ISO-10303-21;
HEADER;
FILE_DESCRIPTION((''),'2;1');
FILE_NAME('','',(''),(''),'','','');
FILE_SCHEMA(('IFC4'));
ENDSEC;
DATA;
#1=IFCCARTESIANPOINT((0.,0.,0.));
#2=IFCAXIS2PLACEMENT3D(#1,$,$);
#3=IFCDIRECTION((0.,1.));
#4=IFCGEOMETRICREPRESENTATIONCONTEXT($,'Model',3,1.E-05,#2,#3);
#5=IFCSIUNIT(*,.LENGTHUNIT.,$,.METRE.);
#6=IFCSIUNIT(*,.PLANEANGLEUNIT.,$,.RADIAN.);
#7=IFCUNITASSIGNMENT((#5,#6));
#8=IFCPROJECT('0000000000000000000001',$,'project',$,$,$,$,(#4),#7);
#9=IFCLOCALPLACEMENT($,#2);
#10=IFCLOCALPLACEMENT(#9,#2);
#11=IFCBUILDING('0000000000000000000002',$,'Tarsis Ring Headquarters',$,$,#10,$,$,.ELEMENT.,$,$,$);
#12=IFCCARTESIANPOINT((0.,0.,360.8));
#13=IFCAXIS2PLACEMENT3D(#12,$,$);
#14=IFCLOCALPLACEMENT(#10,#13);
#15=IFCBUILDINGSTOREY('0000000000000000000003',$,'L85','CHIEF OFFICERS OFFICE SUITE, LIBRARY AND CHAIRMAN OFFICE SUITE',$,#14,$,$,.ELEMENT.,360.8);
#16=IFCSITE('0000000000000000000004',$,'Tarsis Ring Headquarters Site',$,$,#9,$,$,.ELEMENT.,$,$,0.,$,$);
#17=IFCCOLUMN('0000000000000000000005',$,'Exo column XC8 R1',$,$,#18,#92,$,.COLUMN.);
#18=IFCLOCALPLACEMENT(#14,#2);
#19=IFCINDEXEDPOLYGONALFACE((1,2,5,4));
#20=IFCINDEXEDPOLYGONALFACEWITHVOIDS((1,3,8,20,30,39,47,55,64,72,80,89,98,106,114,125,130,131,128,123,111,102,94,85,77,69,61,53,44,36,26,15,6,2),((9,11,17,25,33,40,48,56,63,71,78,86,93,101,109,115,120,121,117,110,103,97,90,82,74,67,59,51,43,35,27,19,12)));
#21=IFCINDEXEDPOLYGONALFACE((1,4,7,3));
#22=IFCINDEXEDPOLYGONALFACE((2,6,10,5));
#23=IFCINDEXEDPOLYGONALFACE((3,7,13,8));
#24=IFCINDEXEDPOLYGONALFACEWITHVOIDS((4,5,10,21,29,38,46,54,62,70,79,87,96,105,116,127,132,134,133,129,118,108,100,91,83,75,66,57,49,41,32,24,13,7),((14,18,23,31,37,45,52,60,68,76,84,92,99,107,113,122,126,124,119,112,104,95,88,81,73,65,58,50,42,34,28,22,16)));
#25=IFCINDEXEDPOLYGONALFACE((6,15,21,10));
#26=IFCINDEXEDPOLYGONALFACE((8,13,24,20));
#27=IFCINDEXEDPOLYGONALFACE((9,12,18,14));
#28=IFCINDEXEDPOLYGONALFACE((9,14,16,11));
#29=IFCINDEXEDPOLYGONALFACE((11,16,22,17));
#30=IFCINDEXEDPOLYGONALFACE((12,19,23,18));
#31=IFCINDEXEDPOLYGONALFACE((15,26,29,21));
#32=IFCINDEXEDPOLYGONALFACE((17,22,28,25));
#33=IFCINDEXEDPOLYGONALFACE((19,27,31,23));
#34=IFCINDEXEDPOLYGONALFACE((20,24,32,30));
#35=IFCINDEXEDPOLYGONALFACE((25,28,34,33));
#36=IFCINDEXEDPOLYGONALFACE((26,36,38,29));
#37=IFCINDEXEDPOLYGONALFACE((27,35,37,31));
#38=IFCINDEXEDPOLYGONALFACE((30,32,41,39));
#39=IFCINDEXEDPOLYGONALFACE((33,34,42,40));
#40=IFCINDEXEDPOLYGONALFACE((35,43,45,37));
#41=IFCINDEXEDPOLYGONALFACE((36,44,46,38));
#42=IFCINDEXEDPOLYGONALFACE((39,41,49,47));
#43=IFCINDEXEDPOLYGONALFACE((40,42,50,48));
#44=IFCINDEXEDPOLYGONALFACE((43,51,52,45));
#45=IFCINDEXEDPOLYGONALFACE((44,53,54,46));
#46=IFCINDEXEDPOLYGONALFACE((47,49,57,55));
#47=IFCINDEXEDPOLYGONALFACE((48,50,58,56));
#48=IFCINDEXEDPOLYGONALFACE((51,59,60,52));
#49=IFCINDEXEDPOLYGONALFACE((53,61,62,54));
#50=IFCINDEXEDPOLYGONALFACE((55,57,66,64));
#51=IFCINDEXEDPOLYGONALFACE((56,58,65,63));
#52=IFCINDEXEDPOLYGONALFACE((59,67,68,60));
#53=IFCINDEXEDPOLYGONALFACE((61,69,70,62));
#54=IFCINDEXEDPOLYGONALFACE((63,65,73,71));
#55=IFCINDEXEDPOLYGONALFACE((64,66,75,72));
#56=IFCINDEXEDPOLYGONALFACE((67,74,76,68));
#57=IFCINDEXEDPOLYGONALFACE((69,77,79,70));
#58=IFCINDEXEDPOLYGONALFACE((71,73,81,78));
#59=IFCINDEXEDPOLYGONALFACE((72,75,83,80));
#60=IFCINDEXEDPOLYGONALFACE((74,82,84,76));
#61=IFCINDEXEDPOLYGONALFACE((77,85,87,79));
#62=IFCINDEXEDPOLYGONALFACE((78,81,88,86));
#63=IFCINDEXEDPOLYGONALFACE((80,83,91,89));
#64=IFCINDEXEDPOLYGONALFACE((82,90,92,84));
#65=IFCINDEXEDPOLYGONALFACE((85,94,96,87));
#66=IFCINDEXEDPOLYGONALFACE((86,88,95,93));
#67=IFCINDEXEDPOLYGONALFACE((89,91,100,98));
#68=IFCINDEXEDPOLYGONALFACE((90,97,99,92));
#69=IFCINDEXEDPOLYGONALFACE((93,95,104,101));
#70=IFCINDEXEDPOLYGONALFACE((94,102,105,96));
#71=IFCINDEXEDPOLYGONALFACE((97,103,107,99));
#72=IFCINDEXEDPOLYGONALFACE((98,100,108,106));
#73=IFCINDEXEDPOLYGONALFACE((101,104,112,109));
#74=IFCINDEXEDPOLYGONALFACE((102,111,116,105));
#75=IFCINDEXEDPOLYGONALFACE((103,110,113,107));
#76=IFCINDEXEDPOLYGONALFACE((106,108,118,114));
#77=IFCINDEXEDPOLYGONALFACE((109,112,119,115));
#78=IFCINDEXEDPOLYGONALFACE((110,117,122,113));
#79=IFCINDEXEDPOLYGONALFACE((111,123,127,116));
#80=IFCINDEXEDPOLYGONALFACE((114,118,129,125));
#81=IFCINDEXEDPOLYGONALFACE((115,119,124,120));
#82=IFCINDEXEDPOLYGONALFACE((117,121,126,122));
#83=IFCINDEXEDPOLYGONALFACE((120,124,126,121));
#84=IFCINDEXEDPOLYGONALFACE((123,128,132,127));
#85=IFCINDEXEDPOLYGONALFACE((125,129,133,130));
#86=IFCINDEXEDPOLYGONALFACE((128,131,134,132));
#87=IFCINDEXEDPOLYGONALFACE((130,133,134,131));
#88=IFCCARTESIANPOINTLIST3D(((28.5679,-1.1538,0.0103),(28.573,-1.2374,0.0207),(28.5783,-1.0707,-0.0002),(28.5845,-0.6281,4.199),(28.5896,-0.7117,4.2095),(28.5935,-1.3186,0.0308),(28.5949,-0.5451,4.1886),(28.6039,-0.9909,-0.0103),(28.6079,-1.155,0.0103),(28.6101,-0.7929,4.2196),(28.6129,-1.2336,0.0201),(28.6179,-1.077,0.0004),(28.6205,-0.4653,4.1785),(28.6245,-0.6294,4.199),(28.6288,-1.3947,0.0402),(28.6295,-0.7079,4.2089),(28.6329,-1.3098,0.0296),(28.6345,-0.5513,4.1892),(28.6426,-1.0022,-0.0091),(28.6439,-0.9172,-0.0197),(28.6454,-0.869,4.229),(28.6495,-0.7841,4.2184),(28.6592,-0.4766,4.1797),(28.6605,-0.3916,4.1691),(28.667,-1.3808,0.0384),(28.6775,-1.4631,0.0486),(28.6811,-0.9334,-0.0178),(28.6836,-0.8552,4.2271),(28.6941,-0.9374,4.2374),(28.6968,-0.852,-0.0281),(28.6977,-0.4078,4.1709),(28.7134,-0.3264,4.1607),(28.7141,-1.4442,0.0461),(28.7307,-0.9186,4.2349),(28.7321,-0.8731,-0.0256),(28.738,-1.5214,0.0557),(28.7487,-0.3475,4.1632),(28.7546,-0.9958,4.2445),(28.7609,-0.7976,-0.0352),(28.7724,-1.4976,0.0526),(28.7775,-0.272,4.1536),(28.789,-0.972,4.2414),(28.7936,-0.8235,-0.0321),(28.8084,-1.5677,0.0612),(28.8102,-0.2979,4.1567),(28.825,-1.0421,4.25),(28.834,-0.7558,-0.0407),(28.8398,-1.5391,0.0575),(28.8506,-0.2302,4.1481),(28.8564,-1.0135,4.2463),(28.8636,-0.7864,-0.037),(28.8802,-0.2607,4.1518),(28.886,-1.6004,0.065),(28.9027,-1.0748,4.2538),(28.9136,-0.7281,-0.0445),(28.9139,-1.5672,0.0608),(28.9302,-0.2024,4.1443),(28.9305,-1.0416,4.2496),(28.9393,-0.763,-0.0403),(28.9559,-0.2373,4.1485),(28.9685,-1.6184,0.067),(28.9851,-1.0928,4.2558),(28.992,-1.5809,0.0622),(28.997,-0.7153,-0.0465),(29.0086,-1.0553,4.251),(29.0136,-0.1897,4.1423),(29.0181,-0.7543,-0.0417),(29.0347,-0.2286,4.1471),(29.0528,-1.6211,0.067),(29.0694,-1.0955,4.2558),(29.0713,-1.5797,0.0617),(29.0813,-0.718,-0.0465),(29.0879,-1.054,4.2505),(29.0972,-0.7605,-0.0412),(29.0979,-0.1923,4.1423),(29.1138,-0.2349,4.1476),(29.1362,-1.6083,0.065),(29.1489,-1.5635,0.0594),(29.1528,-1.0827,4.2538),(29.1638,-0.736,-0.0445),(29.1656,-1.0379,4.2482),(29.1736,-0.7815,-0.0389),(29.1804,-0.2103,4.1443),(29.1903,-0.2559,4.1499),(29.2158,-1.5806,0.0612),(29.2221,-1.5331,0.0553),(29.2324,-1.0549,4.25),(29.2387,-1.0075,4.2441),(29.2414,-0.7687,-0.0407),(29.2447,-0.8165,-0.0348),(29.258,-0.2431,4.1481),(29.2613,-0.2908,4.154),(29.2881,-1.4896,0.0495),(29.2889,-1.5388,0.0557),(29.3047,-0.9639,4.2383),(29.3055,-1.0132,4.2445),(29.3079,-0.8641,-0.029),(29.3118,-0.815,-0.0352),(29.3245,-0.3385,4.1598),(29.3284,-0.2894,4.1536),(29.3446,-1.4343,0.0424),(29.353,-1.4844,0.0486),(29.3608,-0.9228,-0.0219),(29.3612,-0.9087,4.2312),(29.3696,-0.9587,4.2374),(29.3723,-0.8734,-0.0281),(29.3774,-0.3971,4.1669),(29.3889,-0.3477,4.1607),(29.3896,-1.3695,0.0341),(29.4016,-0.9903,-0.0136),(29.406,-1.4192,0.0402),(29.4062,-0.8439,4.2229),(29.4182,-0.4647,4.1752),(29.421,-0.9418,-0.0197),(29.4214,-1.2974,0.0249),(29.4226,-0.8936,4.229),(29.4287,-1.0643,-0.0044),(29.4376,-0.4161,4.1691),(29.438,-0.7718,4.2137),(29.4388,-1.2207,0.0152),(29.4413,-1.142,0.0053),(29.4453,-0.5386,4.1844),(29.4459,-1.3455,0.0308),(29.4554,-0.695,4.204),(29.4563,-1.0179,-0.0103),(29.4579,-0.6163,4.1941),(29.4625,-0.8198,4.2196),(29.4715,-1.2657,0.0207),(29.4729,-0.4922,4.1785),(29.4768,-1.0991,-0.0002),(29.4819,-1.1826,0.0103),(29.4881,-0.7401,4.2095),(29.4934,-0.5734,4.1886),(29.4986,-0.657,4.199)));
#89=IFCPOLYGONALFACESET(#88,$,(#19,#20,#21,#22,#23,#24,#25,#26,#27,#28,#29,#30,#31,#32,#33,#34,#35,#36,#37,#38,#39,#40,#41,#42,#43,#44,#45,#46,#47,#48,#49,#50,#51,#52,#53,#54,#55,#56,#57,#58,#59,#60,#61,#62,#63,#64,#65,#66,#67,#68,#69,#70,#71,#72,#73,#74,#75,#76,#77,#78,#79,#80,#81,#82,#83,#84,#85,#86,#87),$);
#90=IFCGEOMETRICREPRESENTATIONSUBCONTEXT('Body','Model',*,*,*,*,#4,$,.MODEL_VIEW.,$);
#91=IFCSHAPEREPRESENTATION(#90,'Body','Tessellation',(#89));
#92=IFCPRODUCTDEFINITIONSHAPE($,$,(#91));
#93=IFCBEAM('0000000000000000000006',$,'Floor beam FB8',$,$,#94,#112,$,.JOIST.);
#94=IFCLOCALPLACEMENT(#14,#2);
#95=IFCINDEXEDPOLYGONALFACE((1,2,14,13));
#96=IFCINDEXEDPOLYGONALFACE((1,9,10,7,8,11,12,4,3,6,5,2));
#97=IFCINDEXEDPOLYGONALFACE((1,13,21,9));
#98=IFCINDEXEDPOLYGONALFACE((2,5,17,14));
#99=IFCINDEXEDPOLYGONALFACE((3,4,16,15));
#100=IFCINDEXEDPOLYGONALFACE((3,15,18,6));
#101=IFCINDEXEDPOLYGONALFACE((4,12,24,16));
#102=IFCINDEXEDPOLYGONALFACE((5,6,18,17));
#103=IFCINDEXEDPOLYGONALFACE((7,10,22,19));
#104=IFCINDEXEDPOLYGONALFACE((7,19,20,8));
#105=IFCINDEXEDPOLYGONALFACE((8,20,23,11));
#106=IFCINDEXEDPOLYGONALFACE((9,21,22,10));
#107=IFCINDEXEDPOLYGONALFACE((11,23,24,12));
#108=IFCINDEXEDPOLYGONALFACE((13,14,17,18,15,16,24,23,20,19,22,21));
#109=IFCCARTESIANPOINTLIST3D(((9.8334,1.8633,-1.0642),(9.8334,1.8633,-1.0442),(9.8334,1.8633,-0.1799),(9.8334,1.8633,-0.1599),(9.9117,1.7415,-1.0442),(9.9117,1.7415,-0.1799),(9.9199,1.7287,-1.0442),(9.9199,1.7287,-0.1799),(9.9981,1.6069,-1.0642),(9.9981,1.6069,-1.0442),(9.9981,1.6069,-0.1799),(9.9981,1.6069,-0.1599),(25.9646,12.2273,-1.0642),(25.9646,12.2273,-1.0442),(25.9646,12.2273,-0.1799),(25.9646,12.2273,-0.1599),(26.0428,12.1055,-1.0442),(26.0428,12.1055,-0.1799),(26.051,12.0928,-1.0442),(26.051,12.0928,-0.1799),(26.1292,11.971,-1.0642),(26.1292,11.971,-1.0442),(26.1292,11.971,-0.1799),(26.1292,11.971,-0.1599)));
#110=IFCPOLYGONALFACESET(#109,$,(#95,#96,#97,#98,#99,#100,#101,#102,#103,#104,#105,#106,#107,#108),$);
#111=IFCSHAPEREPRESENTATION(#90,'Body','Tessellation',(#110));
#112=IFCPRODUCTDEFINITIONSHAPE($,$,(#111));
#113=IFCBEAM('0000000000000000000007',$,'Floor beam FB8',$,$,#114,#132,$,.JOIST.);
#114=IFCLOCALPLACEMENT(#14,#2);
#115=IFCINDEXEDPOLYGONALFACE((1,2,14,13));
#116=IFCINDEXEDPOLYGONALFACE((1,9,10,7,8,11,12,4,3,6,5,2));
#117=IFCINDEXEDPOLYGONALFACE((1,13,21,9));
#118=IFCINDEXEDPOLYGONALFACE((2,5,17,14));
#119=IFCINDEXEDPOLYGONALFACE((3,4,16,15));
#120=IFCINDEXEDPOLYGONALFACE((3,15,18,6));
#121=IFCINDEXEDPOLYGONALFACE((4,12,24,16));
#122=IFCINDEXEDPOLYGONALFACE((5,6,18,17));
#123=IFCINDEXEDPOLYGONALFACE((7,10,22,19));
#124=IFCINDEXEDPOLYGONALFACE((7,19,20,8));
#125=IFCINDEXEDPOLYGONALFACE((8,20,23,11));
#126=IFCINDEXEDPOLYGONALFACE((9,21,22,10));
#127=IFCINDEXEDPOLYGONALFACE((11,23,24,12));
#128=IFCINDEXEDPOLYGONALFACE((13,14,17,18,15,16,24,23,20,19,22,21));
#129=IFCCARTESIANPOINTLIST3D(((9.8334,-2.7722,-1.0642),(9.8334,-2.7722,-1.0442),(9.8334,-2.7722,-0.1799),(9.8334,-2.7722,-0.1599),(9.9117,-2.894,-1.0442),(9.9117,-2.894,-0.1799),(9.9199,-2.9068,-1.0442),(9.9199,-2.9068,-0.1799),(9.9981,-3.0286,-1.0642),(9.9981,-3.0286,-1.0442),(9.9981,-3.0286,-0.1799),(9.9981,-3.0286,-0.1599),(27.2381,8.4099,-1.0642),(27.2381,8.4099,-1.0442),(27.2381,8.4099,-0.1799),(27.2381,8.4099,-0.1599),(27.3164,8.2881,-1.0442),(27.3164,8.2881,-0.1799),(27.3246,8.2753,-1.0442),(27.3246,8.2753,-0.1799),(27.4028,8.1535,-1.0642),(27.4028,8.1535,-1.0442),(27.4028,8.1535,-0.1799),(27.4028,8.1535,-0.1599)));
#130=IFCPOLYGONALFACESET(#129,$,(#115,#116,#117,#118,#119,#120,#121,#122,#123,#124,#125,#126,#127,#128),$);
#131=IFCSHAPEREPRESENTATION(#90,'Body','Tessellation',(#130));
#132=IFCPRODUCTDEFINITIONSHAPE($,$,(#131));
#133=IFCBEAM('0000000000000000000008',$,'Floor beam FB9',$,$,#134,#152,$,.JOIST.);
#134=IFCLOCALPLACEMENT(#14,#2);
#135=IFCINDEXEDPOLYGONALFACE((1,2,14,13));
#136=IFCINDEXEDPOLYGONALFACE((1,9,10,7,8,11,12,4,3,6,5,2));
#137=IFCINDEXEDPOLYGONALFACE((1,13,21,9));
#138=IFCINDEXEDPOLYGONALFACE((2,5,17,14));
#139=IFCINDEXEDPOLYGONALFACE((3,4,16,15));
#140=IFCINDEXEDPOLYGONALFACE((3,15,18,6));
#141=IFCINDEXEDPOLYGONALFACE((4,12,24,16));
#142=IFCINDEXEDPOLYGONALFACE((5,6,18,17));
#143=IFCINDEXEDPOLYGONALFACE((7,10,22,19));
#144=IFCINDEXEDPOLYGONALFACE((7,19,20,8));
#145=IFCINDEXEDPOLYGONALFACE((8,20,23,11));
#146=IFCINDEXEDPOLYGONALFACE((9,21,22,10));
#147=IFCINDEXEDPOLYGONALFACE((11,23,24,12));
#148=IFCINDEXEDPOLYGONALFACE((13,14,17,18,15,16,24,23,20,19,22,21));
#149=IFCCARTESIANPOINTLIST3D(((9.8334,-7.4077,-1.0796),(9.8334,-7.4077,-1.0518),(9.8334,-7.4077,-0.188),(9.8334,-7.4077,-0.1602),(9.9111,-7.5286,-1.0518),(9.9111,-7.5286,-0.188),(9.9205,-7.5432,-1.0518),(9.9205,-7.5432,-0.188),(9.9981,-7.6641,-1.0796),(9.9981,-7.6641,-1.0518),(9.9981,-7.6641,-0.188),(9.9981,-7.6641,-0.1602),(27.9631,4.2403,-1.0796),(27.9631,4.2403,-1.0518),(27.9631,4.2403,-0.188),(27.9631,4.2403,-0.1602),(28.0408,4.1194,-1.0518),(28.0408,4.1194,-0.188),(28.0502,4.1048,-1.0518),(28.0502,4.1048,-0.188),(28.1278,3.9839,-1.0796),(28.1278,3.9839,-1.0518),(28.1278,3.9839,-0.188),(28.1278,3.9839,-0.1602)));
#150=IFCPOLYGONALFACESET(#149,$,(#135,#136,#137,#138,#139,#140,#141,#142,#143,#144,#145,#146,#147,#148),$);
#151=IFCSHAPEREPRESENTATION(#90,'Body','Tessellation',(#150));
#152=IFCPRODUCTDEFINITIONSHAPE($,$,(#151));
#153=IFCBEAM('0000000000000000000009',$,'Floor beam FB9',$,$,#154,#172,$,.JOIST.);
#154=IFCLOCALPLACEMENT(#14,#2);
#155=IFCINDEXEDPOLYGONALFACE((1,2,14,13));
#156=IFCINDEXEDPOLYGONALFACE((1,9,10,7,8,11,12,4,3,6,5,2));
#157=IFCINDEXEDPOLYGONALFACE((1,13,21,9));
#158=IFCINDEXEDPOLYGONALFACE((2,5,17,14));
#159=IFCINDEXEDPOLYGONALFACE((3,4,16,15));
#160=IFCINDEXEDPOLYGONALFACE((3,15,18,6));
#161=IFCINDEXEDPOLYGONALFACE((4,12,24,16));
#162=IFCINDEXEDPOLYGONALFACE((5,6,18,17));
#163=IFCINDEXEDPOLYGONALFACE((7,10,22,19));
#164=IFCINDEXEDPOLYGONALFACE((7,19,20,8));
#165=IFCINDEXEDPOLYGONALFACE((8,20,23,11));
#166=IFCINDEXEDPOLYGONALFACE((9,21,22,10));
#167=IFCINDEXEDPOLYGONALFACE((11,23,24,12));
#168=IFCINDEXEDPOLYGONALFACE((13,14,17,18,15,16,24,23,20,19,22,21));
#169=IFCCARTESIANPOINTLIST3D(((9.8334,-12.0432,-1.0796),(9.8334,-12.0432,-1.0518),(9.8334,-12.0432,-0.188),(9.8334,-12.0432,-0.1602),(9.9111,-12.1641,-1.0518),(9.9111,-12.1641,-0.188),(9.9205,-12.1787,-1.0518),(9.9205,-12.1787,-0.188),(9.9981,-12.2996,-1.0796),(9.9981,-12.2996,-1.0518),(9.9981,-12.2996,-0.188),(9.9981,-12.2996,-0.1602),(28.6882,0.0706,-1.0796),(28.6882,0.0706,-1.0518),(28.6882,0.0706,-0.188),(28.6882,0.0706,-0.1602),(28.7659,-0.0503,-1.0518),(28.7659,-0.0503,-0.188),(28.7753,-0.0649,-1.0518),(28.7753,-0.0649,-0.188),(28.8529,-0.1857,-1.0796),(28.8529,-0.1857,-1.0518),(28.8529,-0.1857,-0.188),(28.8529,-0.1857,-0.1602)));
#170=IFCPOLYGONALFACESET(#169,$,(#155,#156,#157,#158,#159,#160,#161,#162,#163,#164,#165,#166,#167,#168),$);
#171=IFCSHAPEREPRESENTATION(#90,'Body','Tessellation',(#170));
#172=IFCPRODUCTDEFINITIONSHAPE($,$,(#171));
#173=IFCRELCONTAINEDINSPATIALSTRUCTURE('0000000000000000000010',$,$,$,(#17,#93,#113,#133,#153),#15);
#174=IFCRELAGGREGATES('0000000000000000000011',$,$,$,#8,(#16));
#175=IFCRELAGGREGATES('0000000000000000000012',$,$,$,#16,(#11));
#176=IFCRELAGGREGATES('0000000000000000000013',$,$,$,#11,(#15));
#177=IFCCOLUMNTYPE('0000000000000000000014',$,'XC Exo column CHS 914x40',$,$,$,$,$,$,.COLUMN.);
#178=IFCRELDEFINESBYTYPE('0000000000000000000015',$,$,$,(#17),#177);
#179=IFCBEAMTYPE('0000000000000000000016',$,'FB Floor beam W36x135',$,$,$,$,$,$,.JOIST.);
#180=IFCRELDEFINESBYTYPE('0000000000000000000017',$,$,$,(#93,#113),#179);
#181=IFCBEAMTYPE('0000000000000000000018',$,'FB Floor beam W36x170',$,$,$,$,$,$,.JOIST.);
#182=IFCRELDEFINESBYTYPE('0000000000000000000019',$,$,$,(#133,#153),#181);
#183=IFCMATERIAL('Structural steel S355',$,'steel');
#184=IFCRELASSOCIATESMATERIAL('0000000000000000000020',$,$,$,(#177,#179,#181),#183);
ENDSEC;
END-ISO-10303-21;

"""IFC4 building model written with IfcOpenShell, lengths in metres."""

from ifc_helpers import new_model, si_unit, direction, frame, origin, origin_2d, place, context, subcontext, project, spatial, hollow_circle, i_section, extrude, material, material_profile, profile_set, type_object, element, save


model = new_model("IFC4")

# Units and contexts
model_context = context("Model", 3, precision=1e-05, world=origin(), true_north=direction((0.0, 1.0)))
body_context = subcontext(model_context, "Body", "Model", "MODEL_VIEW")
ifc_project = project(units=[si_unit("LENGTHUNIT", "METRE"), si_unit("PLANEANGLEUNIT", "RADIAN")], contexts=[model_context])

# Site, building, storey
site_placement = place(None, origin())
site = spatial("IfcSite", under=ifc_project, at=site_placement, Name="Tarsis Ring Headquarters Site", CompositionType="ELEMENT", RefElevation=0.0)
building_placement = place(site_placement, origin())
building = spatial("IfcBuilding", under=site, at=building_placement, Name="Tarsis Ring Headquarters", CompositionType="ELEMENT")
storey_placement = place(building_placement, frame((0.0, 0.0, 360.8)))
storey = spatial("IfcBuildingStorey", under=building, at=storey_placement, Name="L85", Description="CHIEF OFFICERS OFFICE SUITE, LIBRARY AND CHAIRMAN OFFICE SUITE", CompositionType="ELEMENT", Elevation=360.8)

# Column
ifc_material_1 = material(Name="Structural steel S355", Category="steel")
ifc_material_profile_1 = material_profile(ifc_material_1, hollow_circle(Radius=0.457, WallThickness=0.04, at=origin_2d()), Name="CHS 914x40")
ifc_profile_set_1 = profile_set([ifc_material_profile_1], Name="Structural steel S355")
column_type = type_object("IfcColumnType", Name="XC Exo column CHS 914x40", PredefinedType="COLUMN", material=ifc_profile_set_1)
column_placement = place(storey_placement, frame((29.0249, -1.1682, 0.0103), z_axis=(0.003933, 0.124511, 0.99221), x_axis=(-0.999502, 0.031568, 0.0)))
element("IfcColumn", 1, at=column_placement, inside=storey, type_object=column_type, Name="Exo column XC8 R1", PredefinedType="COLUMN", context=body_context, shape_type="SweptSolid", body=[
    extrude(hollow_circle(Radius=0.4573, WallThickness=0.04, at=origin_2d()), origin(), (0.0, 0.0, 1.0), 4.2217),
])

# Beams
ifc_material_profile_2 = material_profile(ifc_material_1, i_section(OverallWidth=0.3047, OverallDepth=0.9043, WebThickness=0.0151, FlangeThickness=0.02, at=origin_2d()), Name="W36x135")
ifc_profile_set_2 = profile_set([ifc_material_profile_2], Name="Structural steel S355")
beam_type_1 = type_object("IfcBeamType", Name="FB Floor beam W36x135", PredefinedType="JOIST", material=ifc_profile_set_2)
beam_1_placement = place(storey_placement, frame((9.9158, 1.7351, -0.6121), z_axis=(0.84132, 0.540537, 0.0), x_axis=(-0.540537, 0.84132, 0.0)))
element("IfcBeam", 2, at=beam_1_placement, inside=storey, type_object=beam_type_1, Name="Floor beam FB8", PredefinedType="JOIST", context=body_context, shape_type="SweptSolid", body=[
    extrude(i_section(OverallWidth=0.3047, OverallDepth=0.9043, WebThickness=0.0151, FlangeThickness=0.02, at=origin_2d()), origin(), (0.0, 0.0, 1.0), 19.1736),
])
beam_2_placement = place(storey_placement, frame((9.9158, -2.9004, -0.6121), z_axis=(0.841325, 0.54053, 0.0), x_axis=(-0.54053, 0.841325, 0.0)))
element("IfcBeam", 3, at=beam_2_placement, inside=storey, type_object=beam_type_1, Name="Floor beam FB8", PredefinedType="JOIST", context=body_context, shape_type="SweptSolid", body=[
    extrude(i_section(OverallWidth=0.3047, OverallDepth=0.9043, WebThickness=0.0151, FlangeThickness=0.02, at=origin_2d()), origin(), (0.0, 0.0, 1.0), 20.6873),
])
ifc_material_profile_3 = material_profile(ifc_material_1, i_section(OverallWidth=0.3047, OverallDepth=0.9194, WebThickness=0.0173, FlangeThickness=0.0278, at=origin_2d()), Name="W36x170")
ifc_profile_set_3 = profile_set([ifc_material_profile_3], Name="Structural steel S355")
beam_type_2 = type_object("IfcBeamType", Name="FB Floor beam W36x170", PredefinedType="JOIST", material=ifc_profile_set_3)
beam_3_placement = place(storey_placement, frame((9.9158, -7.5359, -0.6199), z_axis=(0.841322, 0.540534, 0.0), x_axis=(-0.540534, 0.841322, 0.0)))
element("IfcBeam", 4, at=beam_3_placement, inside=storey, type_object=beam_type_2, Name="Floor beam FB9", PredefinedType="JOIST", context=body_context, shape_type="SweptSolid", body=[
    extrude(i_section(OverallWidth=0.3047, OverallDepth=0.9194, WebThickness=0.0173, FlangeThickness=0.0278, at=origin_2d()), origin(), (0.0, 0.0, 1.0), 21.5491),
])
beam_4_placement = place(storey_placement, frame((9.9158, -12.1714, -0.6199), z_axis=(0.841323, 0.540532, 0.0), x_axis=(-0.540532, 0.841323, 0.0)))
element("IfcBeam", 5, at=beam_4_placement, inside=storey, type_object=beam_type_2, Name="Floor beam FB9", PredefinedType="JOIST", context=body_context, shape_type="SweptSolid", body=[
    extrude(i_section(OverallWidth=0.3047, OverallDepth=0.9194, WebThickness=0.0173, FlangeThickness=0.0278, at=origin_2d()), origin(), (0.0, 0.0, 1.0), 22.4109),
])

save(model, "model.ifc")
